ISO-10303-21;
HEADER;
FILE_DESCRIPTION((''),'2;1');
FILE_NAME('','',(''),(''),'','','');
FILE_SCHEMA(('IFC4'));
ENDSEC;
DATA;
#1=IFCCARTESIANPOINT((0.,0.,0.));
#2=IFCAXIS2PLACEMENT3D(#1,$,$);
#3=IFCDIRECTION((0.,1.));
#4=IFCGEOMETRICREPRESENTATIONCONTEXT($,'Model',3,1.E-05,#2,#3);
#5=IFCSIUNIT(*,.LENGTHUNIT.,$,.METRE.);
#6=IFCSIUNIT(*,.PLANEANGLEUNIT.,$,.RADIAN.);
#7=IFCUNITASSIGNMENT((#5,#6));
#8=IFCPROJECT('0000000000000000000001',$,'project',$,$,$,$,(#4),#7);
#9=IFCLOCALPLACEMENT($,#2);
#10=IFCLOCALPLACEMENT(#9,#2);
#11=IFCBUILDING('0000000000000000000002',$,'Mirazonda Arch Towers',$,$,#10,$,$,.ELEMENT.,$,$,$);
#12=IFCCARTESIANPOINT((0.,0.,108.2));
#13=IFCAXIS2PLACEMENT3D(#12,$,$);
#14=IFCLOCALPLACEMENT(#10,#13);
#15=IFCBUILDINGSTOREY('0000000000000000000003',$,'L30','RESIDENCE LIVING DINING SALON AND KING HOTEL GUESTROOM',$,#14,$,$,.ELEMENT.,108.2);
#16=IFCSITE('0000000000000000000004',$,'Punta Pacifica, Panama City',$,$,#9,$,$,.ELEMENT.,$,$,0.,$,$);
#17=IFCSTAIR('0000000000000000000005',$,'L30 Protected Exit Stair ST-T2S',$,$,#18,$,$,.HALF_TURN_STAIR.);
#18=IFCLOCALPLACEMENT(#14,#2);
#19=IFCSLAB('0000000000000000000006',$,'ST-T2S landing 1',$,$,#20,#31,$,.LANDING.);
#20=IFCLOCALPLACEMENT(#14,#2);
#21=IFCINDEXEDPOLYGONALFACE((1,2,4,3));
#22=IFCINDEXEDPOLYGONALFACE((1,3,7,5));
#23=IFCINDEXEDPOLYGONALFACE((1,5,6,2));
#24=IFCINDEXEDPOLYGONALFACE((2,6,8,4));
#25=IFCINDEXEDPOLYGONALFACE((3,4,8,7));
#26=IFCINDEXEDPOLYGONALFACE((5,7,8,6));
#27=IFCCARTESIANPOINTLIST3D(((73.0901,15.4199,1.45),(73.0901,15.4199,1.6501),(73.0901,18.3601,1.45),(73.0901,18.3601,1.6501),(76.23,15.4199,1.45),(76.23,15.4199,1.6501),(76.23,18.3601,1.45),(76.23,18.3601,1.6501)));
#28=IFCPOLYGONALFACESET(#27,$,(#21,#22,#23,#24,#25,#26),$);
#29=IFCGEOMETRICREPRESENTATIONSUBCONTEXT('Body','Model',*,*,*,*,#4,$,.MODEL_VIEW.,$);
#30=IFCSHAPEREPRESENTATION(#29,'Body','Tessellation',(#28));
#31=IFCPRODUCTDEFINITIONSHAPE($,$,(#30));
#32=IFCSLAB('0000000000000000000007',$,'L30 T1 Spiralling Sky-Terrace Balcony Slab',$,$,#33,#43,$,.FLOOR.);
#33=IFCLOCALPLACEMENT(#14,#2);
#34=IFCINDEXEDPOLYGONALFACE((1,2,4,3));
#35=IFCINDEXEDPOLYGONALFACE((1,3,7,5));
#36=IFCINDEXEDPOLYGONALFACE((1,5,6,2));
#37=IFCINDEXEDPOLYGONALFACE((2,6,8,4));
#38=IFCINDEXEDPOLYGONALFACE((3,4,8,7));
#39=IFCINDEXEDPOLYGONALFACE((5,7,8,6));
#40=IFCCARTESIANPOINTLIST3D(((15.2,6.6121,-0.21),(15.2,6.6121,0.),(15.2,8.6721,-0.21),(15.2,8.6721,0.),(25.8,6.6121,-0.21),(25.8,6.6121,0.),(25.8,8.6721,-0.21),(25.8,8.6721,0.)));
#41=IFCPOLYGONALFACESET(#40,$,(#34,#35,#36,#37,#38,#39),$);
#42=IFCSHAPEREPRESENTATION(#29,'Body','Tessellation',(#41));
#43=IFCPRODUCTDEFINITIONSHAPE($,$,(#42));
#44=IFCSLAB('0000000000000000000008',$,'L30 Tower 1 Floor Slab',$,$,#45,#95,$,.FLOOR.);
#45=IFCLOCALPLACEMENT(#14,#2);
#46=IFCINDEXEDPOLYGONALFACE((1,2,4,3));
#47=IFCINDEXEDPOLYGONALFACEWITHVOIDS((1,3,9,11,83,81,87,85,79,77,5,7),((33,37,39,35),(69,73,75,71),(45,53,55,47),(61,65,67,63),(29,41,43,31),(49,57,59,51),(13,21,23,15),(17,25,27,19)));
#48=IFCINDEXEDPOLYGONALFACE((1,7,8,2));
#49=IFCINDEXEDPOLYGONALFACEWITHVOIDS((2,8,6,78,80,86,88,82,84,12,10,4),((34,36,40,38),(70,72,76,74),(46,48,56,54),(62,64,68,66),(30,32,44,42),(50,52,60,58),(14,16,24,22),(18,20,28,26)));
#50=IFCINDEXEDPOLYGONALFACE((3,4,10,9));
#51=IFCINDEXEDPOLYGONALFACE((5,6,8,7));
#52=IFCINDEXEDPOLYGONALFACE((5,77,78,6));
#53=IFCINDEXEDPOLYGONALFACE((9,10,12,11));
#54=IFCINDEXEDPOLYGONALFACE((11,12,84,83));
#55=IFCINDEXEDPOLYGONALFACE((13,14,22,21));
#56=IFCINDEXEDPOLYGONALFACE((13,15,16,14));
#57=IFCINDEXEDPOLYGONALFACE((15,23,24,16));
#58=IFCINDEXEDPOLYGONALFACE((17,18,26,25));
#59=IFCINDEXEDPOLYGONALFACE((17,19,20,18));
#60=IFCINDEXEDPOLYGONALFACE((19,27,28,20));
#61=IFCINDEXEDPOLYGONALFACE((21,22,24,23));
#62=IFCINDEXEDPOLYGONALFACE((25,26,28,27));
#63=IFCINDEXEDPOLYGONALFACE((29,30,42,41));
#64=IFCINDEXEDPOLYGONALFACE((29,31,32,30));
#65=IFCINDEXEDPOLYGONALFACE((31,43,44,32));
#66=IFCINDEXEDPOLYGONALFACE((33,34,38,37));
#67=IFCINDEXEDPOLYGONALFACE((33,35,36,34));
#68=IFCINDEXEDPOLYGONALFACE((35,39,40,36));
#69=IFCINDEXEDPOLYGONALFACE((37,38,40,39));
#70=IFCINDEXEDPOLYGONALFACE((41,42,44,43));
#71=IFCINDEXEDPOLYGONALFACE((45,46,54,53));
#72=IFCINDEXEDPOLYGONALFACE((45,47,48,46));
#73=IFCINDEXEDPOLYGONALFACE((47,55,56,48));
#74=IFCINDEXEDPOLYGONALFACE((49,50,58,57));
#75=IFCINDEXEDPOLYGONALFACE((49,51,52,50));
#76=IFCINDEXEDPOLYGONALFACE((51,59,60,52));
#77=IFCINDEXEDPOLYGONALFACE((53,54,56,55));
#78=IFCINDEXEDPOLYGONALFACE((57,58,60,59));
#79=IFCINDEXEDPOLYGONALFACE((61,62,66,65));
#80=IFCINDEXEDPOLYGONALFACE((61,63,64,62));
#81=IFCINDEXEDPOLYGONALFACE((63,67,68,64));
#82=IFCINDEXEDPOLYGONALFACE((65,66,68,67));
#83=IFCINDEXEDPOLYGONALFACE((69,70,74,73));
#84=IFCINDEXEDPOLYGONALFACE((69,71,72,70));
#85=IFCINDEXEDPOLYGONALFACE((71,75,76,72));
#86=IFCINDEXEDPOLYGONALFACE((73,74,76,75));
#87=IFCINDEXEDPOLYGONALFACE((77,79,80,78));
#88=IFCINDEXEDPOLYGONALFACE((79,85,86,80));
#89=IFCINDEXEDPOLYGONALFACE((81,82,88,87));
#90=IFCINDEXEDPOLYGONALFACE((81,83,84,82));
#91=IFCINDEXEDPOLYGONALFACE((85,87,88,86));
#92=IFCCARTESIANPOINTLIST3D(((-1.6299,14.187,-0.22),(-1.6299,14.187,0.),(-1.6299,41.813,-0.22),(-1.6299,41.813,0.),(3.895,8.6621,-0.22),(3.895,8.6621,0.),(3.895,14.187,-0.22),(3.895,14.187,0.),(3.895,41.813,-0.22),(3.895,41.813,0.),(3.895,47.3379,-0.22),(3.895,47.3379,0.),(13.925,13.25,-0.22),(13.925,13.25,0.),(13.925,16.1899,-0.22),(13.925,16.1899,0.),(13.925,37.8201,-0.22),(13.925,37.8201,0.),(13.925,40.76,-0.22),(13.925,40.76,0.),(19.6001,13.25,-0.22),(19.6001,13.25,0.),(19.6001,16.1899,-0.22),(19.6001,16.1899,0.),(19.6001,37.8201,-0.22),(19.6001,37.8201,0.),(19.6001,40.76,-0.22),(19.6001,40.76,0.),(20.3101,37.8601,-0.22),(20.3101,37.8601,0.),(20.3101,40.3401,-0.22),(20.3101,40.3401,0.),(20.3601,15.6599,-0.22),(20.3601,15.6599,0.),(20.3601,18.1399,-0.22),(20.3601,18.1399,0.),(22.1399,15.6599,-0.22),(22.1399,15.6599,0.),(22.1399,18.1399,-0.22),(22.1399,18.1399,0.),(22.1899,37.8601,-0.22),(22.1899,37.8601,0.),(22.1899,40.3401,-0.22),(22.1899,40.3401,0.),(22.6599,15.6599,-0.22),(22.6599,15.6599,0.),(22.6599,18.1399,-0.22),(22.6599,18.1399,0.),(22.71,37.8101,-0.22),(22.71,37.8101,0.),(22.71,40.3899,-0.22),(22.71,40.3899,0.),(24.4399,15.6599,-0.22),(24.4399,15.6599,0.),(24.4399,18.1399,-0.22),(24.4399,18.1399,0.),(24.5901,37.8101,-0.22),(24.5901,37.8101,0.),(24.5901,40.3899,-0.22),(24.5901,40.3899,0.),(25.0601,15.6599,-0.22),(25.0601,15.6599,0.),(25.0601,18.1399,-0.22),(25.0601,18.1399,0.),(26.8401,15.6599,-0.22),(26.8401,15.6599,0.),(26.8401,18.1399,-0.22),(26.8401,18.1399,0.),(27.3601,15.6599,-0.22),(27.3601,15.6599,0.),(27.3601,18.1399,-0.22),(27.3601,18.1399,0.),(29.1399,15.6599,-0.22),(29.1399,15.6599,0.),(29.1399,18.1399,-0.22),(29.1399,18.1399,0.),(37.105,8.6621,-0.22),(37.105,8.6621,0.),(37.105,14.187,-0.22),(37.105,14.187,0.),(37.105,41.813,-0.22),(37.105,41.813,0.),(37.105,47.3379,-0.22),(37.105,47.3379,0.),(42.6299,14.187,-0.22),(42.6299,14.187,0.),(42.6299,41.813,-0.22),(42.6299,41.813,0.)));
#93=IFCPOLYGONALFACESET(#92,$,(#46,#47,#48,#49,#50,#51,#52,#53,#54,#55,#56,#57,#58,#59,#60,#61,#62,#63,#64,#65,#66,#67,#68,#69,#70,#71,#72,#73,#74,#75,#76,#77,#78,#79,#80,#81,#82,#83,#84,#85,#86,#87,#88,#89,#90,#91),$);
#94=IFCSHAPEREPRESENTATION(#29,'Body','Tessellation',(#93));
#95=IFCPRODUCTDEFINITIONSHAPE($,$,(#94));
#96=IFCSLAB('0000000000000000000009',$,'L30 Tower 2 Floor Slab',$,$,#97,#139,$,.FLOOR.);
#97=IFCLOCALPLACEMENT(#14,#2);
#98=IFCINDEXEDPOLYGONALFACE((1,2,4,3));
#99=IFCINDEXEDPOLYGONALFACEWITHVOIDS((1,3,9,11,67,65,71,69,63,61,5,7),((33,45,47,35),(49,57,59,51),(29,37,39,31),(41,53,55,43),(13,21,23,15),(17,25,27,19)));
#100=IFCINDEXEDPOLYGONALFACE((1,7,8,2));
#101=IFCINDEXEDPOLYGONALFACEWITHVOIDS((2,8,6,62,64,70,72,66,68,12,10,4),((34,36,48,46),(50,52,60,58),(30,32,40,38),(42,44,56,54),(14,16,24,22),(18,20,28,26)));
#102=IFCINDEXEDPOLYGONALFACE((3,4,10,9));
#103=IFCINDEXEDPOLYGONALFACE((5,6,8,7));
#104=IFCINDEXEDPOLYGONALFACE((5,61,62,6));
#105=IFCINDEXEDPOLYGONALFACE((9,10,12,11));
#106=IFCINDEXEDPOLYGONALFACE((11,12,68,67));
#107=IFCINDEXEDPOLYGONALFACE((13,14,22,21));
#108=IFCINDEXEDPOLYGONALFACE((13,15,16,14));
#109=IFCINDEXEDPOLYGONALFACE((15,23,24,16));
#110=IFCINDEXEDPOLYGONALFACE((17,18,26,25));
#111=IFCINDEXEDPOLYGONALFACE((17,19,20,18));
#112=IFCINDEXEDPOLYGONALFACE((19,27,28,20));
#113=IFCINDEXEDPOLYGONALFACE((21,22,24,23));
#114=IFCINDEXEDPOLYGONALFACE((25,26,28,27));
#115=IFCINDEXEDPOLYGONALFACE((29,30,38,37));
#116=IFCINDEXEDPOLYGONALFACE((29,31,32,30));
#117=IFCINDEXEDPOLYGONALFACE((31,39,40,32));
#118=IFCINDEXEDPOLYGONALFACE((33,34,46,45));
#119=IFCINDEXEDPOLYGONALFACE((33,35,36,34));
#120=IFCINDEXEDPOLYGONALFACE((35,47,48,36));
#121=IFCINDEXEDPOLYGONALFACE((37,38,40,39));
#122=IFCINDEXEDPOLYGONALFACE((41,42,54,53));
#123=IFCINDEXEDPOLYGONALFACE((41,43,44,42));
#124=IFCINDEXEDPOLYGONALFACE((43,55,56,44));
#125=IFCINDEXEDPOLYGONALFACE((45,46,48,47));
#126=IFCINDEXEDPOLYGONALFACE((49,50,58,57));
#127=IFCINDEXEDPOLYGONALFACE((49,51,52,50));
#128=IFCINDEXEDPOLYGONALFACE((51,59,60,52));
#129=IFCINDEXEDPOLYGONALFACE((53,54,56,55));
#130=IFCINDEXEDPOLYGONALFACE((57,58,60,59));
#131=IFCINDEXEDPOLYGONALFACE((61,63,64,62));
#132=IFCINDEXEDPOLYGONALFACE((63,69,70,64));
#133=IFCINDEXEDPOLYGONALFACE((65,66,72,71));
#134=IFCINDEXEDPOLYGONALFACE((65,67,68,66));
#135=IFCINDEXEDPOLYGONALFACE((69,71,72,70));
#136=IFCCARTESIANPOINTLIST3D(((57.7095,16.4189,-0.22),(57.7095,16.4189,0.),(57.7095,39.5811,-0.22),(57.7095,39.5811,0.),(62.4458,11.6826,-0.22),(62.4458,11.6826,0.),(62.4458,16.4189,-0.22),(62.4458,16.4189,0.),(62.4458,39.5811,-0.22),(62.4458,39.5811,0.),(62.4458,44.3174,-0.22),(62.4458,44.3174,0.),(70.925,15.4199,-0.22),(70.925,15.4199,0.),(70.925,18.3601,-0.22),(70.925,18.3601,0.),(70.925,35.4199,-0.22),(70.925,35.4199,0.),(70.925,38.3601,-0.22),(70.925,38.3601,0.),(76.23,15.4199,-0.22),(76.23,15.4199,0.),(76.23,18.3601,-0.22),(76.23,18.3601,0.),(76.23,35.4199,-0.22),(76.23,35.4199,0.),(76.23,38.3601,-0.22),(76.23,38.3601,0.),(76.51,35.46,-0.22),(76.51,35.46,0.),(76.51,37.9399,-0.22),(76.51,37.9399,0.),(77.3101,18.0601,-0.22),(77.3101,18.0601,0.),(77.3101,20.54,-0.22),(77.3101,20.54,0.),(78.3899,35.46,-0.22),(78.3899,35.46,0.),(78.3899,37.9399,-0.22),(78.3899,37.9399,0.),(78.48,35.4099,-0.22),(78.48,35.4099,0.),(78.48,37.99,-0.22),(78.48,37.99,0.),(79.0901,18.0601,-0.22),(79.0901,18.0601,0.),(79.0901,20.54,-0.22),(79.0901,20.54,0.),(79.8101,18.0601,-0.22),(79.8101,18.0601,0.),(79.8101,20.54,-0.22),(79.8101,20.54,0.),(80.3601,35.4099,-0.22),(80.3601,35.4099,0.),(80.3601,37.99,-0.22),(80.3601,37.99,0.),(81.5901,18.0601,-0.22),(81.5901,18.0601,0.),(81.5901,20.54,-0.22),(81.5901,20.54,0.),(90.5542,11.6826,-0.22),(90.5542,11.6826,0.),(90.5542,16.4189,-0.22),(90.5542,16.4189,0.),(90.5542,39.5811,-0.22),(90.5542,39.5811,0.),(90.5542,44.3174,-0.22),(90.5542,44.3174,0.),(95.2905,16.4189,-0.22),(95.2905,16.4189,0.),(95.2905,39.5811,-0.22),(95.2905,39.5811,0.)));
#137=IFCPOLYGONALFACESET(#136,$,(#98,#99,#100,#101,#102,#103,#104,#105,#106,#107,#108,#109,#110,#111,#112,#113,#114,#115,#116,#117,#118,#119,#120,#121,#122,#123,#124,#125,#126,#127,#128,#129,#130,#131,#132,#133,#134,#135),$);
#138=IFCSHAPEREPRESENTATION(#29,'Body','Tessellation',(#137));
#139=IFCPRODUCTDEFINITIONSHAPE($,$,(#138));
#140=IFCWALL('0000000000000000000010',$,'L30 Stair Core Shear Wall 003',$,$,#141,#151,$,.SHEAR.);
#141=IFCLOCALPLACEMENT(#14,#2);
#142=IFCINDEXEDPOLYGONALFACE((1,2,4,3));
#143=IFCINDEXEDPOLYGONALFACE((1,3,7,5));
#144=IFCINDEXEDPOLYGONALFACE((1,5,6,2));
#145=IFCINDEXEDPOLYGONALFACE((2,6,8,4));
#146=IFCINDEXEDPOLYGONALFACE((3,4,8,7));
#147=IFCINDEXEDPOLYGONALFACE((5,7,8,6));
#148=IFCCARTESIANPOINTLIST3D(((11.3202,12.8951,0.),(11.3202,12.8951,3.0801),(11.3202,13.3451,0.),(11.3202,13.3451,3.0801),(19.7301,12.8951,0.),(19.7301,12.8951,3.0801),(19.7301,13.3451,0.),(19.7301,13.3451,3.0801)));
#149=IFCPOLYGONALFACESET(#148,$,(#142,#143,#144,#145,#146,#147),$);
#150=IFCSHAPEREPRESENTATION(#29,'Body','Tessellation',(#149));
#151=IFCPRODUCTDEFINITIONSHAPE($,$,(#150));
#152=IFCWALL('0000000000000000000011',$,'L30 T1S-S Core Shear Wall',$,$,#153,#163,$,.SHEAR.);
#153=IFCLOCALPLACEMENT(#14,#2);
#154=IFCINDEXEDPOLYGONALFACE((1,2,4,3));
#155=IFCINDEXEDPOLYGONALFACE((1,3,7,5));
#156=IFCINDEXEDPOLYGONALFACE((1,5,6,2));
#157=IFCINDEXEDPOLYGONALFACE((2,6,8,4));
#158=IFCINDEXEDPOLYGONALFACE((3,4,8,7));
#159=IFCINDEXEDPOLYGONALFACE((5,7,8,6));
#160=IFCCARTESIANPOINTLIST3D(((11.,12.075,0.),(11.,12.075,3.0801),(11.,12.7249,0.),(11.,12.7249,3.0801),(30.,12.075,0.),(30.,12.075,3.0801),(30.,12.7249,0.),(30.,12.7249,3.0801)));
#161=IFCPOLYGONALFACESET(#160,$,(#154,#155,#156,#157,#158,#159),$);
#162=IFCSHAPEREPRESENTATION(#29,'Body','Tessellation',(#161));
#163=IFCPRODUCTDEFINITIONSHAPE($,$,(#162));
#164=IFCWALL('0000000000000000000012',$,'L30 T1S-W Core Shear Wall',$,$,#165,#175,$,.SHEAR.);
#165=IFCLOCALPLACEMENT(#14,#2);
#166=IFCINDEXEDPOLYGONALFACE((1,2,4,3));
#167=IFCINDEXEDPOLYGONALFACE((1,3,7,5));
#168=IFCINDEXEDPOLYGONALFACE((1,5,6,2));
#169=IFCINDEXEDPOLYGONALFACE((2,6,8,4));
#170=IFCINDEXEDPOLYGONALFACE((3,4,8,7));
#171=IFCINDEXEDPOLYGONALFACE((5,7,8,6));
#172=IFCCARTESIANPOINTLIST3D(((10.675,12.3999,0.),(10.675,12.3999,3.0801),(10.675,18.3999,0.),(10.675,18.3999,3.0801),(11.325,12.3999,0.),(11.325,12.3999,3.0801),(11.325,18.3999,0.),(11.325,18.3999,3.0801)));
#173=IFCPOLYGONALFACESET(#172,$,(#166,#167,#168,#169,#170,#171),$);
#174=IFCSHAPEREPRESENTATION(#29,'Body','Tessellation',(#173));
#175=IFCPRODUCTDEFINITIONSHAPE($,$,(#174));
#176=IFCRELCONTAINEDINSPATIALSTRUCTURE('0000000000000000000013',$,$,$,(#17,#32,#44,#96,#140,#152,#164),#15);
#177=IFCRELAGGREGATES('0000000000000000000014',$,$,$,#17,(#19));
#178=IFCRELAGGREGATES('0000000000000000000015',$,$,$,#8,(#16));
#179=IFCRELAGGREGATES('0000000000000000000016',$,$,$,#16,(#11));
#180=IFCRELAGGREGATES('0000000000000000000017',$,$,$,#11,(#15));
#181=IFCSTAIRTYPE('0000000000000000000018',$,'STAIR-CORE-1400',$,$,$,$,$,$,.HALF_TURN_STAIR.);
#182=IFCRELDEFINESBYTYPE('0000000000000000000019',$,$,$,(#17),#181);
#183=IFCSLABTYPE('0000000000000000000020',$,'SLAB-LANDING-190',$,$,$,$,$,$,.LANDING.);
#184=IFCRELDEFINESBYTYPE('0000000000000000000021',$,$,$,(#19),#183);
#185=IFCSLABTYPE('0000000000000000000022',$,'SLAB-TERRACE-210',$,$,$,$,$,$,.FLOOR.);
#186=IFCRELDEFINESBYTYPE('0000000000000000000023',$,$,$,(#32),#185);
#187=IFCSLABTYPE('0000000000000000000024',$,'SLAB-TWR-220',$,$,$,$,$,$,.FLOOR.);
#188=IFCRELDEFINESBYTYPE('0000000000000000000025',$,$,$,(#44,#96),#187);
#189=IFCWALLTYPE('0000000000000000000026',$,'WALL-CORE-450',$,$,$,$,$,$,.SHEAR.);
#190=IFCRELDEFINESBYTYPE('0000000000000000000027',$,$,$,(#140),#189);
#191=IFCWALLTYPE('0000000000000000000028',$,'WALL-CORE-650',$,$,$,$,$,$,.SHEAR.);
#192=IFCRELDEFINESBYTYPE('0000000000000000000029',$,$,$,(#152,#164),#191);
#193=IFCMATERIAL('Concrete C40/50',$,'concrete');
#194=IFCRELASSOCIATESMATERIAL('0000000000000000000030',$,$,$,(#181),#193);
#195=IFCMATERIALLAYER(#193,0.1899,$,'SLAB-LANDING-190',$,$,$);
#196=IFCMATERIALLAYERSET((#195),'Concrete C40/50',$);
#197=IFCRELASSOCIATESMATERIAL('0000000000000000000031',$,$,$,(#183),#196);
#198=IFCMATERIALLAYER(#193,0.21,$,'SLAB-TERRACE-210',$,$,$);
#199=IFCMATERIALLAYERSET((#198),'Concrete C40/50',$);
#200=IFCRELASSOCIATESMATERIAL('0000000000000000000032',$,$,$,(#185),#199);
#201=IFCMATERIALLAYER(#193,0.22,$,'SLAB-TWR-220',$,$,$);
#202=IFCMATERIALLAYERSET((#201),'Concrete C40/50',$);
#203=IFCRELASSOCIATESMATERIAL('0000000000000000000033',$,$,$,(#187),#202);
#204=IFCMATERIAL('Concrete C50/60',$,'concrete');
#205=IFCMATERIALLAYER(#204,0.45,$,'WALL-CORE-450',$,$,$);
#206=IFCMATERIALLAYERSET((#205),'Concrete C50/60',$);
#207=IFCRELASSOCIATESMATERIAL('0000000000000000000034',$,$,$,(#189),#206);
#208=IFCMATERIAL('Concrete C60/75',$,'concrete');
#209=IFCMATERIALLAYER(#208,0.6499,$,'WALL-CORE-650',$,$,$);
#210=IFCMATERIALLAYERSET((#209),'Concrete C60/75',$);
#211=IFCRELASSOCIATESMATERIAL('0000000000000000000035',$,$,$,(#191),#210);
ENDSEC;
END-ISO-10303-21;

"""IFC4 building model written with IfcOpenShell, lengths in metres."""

from ifc_helpers import new_model, si_unit, direction, frame, frame_2d, origin, place, context, subcontext, project, spatial, polyline, rectangle, outline, extrude, material, layer, layer_set, type_object, element, aggregate, save


model = new_model("IFC4")

# Units and contexts
model_context = context("Model", 3, precision=1e-05, world=origin(), true_north=direction((0.0, 1.0)))
body_context = subcontext(model_context, "Body", "Model", "MODEL_VIEW")
ifc_project = project(units=[si_unit("LENGTHUNIT", "METRE"), si_unit("PLANEANGLEUNIT", "RADIAN")], contexts=[model_context])

# Site, building, storey
site_placement = place(None, origin())
site = spatial("IfcSite", under=ifc_project, at=site_placement, Name="Punta Pacifica, Panama City", CompositionType="ELEMENT", RefElevation=0.0)
building_placement = place(site_placement, origin())
building = spatial("IfcBuilding", under=site, at=building_placement, Name="Mirazonda Arch Towers", CompositionType="ELEMENT")
storey_placement = place(building_placement, frame((0.0, 0.0, 108.2)))
storey = spatial("IfcBuildingStorey", under=building, at=storey_placement, Name="L30", Description="RESIDENCE LIVING DINING SALON AND KING HOTEL GUESTROOM", CompositionType="ELEMENT", Elevation=108.2)

# Shared definitions
ifc_material_1 = material(Name="Concrete C50/60", Category="concrete")
ifc_material_2 = material(Name="Concrete C60/75", Category="concrete")

# Stair, slab
ifc_material_3 = material(Name="Concrete C40/50", Category="concrete")
stair_type = type_object("IfcStairType", Name="STAIR-CORE-1400", PredefinedType="HALF_TURN_STAIR", material=ifc_material_3)
ifc_layer_1 = layer(ifc_material_3, 0.1899, Name="SLAB-LANDING-190")
ifc_layer_set_1 = layer_set([ifc_layer_1], Name="Concrete C40/50")
slab_type_1 = type_object("IfcSlabType", Name="SLAB-LANDING-190", PredefinedType="LANDING", material=ifc_layer_set_1)
stair_1_placement = place(storey_placement, origin())
stair_1 = element("IfcStair", 1, at=stair_1_placement, inside=storey, type_object=stair_type, Name="L30 Protected Exit Stair ST-T2S", PredefinedType="HALF_TURN_STAIR")
slab_1_placement = place(storey_placement, frame((0.0, 0.0, 1.45)))
slab_1 = element("IfcSlab", 2, at=slab_1_placement, type_object=slab_type_1, Name="ST-T2S landing 1", PredefinedType="LANDING", context=body_context, shape_type="SweptSolid", body=[
    extrude(outline(polyline([(73.0901, 15.4199), (76.23, 15.4199), (76.23, 18.3601), (73.0901, 18.3601), (73.0901, 15.4199)])), origin(), (0.0, 0.0, 1.0), 0.2002),
])
aggregate(stair_1, [slab_1])

# Slabs
ifc_layer_2 = layer(ifc_material_3, 0.21, Name="SLAB-TERRACE-210")
ifc_layer_set_2 = layer_set([ifc_layer_2], Name="Concrete C40/50")
slab_type_2 = type_object("IfcSlabType", Name="SLAB-TERRACE-210", PredefinedType="FLOOR", material=ifc_layer_set_2)
slab_2_placement = place(storey_placement, frame((0.0, 0.0, -0.21)))
element("IfcSlab", 3, at=slab_2_placement, inside=storey, type_object=slab_type_2, Name="L30 T1 Spiralling Sky-Terrace Balcony Slab", PredefinedType="FLOOR", context=body_context, shape_type="SweptSolid", body=[
    extrude(outline(polyline([(15.2, 6.6121), (25.8, 6.6121), (25.8, 8.6721), (15.2, 8.6721), (15.2, 6.6121)])), origin(), (0.0, 0.0, 1.0), 0.21),
])
ifc_layer_3 = layer(ifc_material_3, 0.22, Name="SLAB-TWR-220")
ifc_layer_set_3 = layer_set([ifc_layer_3], Name="Concrete C40/50")
slab_type_3 = type_object("IfcSlabType", Name="SLAB-TWR-220", PredefinedType="FLOOR", material=ifc_layer_set_3)
slab_3_placement = place(storey_placement, frame((0.0, 0.0, -0.22)))
element("IfcSlab", 4, at=slab_3_placement, inside=storey, type_object=slab_type_3, Name="L30 Tower 1 Floor Slab", PredefinedType="FLOOR", context=body_context, shape_type="SweptSolid", body=[
    extrude(outline(polyline([(3.895, 8.6621), (37.105, 8.6621), (37.105, 14.187), (42.6299, 14.187), (42.6299, 41.813), (37.105, 41.813), (37.105, 47.3379), (3.895, 47.3379), (3.895, 41.813), (-1.6299, 41.813), (-1.6299, 14.187), (3.895, 14.187), (3.895, 8.6621)]), holes=[polyline([(27.3601, 18.1399), (29.1399, 18.1399), (29.1399, 15.6599), (27.3601, 15.6599), (27.3601, 18.1399)]), polyline([(25.0601, 18.1399), (26.8401, 18.1399), (26.8401, 15.6599), (25.0601, 15.6599), (25.0601, 18.1399)]), polyline([(22.71, 40.3899), (24.5901, 40.3899), (24.5901, 37.8101), (22.71, 37.8101), (22.71, 40.3899)]), polyline([(22.6599, 18.1399), (24.4399, 18.1399), (24.4399, 15.6599), (22.6599, 15.6599), (22.6599, 18.1399)]), polyline([(20.3101, 40.3401), (22.1899, 40.3401), (22.1899, 37.8601), (20.3101, 37.8601), (20.3101, 40.3401)]), polyline([(20.3601, 18.1399), (22.1399, 18.1399), (22.1399, 15.6599), (20.3601, 15.6599), (20.3601, 18.1399)]), polyline([(13.925, 13.25), (13.925, 16.1899), (19.6001, 16.1899), (19.6001, 13.25), (13.925, 13.25)]), polyline([(13.925, 37.8201), (13.925, 40.76), (19.6001, 40.76), (19.6001, 37.8201), (13.925, 37.8201)])]), origin(), (0.0, 0.0, 1.0), 0.22),
])
slab_4_placement = place(storey_placement, frame((0.0, 0.0, -0.22)))
element("IfcSlab", 5, at=slab_4_placement, inside=storey, type_object=slab_type_3, Name="L30 Tower 2 Floor Slab", PredefinedType="FLOOR", context=body_context, shape_type="SweptSolid", body=[
    extrude(outline(polyline([(62.4458, 11.6826), (90.5542, 11.6826), (90.5542, 16.4189), (95.2905, 16.4189), (95.2905, 39.5811), (90.5542, 39.5811), (90.5542, 44.3174), (62.4458, 44.3174), (62.4458, 39.5811), (57.7095, 39.5811), (57.7095, 16.4189), (62.4458, 16.4189), (62.4458, 11.6826)]), holes=[polyline([(79.8101, 20.54), (81.5901, 20.54), (81.5901, 18.0601), (79.8101, 18.0601), (79.8101, 20.54)]), polyline([(78.48, 37.99), (80.3601, 37.99), (80.3601, 35.4099), (78.48, 35.4099), (78.48, 37.99)]), polyline([(77.3101, 20.54), (79.0901, 20.54), (79.0901, 18.0601), (77.3101, 18.0601), (77.3101, 20.54)]), polyline([(76.51, 35.46), (76.51, 37.9399), (78.3899, 37.9399), (78.3899, 35.46), (76.51, 35.46)]), polyline([(76.23, 15.4199), (70.925, 15.4199), (70.925, 18.3601), (76.23, 18.3601), (76.23, 15.4199)]), polyline([(70.925, 35.4199), (70.925, 38.3601), (76.23, 38.3601), (76.23, 35.4199), (70.925, 35.4199)])]), origin(), (0.0, 0.0, 1.0), 0.22),
])

# Walls
ifc_layer_4 = layer(ifc_material_1, 0.45, Name="WALL-CORE-450")
ifc_layer_set_4 = layer_set([ifc_layer_4], Name="Concrete C50/60")
wall_type_1 = type_object("IfcWallType", Name="WALL-CORE-450", PredefinedType="SHEAR", material=ifc_layer_set_4)
wall_1_placement = place(storey_placement, frame((11.3201, 13.1201, 0.0), z_axis=(0.0, 0.0, 1.0), x_axis=(1.0, 0.0, 0.0)))
element("IfcWall", 6, at=wall_1_placement, inside=storey, type_object=wall_type_1, Name="L30 Stair Core Shear Wall 003", PredefinedType="SHEAR", context=body_context, shape_type="SweptSolid", body=[
    extrude(rectangle(XDim=8.4099, YDim=0.45, at=frame_2d((4.2051, 0.0))), origin(), (0.0, 0.0, 1.0), 3.0801),
])
ifc_layer_5 = layer(ifc_material_2, 0.6499, Name="WALL-CORE-650")
ifc_layer_set_5 = layer_set([ifc_layer_5], Name="Concrete C60/75")
wall_type_2 = type_object("IfcWallType", Name="WALL-CORE-650", PredefinedType="SHEAR", material=ifc_layer_set_5)
wall_2_placement = place(storey_placement, frame((11.0, 12.3999, 0.0), z_axis=(0.0, 0.0, 1.0), x_axis=(1.0, 0.0, 0.0)))
element("IfcWall", 7, at=wall_2_placement, inside=storey, type_object=wall_type_2, Name="L30 T1S-S Core Shear Wall", PredefinedType="SHEAR", context=body_context, shape_type="SweptSolid", body=[
    extrude(rectangle(XDim=19.0, YDim=0.6499, at=frame_2d((9.5, 0.0))), origin(), (0.0, 0.0, 1.0), 3.0801),
])
wall_3_placement = place(storey_placement, frame((11.0, 12.3999, 0.0), z_axis=(0.0, 0.0, 1.0), x_axis=(0.0, 1.0, 0.0)))
element("IfcWall", 8, at=wall_3_placement, inside=storey, type_object=wall_type_2, Name="L30 T1S-W Core Shear Wall", PredefinedType="SHEAR", context=body_context, shape_type="SweptSolid", body=[
    extrude(rectangle(XDim=6.0, YDim=0.6499, at=frame_2d((3.0, 0.0))), origin(), (0.0, 0.0, 1.0), 3.0801),
])

save(model, "model.ifc")
